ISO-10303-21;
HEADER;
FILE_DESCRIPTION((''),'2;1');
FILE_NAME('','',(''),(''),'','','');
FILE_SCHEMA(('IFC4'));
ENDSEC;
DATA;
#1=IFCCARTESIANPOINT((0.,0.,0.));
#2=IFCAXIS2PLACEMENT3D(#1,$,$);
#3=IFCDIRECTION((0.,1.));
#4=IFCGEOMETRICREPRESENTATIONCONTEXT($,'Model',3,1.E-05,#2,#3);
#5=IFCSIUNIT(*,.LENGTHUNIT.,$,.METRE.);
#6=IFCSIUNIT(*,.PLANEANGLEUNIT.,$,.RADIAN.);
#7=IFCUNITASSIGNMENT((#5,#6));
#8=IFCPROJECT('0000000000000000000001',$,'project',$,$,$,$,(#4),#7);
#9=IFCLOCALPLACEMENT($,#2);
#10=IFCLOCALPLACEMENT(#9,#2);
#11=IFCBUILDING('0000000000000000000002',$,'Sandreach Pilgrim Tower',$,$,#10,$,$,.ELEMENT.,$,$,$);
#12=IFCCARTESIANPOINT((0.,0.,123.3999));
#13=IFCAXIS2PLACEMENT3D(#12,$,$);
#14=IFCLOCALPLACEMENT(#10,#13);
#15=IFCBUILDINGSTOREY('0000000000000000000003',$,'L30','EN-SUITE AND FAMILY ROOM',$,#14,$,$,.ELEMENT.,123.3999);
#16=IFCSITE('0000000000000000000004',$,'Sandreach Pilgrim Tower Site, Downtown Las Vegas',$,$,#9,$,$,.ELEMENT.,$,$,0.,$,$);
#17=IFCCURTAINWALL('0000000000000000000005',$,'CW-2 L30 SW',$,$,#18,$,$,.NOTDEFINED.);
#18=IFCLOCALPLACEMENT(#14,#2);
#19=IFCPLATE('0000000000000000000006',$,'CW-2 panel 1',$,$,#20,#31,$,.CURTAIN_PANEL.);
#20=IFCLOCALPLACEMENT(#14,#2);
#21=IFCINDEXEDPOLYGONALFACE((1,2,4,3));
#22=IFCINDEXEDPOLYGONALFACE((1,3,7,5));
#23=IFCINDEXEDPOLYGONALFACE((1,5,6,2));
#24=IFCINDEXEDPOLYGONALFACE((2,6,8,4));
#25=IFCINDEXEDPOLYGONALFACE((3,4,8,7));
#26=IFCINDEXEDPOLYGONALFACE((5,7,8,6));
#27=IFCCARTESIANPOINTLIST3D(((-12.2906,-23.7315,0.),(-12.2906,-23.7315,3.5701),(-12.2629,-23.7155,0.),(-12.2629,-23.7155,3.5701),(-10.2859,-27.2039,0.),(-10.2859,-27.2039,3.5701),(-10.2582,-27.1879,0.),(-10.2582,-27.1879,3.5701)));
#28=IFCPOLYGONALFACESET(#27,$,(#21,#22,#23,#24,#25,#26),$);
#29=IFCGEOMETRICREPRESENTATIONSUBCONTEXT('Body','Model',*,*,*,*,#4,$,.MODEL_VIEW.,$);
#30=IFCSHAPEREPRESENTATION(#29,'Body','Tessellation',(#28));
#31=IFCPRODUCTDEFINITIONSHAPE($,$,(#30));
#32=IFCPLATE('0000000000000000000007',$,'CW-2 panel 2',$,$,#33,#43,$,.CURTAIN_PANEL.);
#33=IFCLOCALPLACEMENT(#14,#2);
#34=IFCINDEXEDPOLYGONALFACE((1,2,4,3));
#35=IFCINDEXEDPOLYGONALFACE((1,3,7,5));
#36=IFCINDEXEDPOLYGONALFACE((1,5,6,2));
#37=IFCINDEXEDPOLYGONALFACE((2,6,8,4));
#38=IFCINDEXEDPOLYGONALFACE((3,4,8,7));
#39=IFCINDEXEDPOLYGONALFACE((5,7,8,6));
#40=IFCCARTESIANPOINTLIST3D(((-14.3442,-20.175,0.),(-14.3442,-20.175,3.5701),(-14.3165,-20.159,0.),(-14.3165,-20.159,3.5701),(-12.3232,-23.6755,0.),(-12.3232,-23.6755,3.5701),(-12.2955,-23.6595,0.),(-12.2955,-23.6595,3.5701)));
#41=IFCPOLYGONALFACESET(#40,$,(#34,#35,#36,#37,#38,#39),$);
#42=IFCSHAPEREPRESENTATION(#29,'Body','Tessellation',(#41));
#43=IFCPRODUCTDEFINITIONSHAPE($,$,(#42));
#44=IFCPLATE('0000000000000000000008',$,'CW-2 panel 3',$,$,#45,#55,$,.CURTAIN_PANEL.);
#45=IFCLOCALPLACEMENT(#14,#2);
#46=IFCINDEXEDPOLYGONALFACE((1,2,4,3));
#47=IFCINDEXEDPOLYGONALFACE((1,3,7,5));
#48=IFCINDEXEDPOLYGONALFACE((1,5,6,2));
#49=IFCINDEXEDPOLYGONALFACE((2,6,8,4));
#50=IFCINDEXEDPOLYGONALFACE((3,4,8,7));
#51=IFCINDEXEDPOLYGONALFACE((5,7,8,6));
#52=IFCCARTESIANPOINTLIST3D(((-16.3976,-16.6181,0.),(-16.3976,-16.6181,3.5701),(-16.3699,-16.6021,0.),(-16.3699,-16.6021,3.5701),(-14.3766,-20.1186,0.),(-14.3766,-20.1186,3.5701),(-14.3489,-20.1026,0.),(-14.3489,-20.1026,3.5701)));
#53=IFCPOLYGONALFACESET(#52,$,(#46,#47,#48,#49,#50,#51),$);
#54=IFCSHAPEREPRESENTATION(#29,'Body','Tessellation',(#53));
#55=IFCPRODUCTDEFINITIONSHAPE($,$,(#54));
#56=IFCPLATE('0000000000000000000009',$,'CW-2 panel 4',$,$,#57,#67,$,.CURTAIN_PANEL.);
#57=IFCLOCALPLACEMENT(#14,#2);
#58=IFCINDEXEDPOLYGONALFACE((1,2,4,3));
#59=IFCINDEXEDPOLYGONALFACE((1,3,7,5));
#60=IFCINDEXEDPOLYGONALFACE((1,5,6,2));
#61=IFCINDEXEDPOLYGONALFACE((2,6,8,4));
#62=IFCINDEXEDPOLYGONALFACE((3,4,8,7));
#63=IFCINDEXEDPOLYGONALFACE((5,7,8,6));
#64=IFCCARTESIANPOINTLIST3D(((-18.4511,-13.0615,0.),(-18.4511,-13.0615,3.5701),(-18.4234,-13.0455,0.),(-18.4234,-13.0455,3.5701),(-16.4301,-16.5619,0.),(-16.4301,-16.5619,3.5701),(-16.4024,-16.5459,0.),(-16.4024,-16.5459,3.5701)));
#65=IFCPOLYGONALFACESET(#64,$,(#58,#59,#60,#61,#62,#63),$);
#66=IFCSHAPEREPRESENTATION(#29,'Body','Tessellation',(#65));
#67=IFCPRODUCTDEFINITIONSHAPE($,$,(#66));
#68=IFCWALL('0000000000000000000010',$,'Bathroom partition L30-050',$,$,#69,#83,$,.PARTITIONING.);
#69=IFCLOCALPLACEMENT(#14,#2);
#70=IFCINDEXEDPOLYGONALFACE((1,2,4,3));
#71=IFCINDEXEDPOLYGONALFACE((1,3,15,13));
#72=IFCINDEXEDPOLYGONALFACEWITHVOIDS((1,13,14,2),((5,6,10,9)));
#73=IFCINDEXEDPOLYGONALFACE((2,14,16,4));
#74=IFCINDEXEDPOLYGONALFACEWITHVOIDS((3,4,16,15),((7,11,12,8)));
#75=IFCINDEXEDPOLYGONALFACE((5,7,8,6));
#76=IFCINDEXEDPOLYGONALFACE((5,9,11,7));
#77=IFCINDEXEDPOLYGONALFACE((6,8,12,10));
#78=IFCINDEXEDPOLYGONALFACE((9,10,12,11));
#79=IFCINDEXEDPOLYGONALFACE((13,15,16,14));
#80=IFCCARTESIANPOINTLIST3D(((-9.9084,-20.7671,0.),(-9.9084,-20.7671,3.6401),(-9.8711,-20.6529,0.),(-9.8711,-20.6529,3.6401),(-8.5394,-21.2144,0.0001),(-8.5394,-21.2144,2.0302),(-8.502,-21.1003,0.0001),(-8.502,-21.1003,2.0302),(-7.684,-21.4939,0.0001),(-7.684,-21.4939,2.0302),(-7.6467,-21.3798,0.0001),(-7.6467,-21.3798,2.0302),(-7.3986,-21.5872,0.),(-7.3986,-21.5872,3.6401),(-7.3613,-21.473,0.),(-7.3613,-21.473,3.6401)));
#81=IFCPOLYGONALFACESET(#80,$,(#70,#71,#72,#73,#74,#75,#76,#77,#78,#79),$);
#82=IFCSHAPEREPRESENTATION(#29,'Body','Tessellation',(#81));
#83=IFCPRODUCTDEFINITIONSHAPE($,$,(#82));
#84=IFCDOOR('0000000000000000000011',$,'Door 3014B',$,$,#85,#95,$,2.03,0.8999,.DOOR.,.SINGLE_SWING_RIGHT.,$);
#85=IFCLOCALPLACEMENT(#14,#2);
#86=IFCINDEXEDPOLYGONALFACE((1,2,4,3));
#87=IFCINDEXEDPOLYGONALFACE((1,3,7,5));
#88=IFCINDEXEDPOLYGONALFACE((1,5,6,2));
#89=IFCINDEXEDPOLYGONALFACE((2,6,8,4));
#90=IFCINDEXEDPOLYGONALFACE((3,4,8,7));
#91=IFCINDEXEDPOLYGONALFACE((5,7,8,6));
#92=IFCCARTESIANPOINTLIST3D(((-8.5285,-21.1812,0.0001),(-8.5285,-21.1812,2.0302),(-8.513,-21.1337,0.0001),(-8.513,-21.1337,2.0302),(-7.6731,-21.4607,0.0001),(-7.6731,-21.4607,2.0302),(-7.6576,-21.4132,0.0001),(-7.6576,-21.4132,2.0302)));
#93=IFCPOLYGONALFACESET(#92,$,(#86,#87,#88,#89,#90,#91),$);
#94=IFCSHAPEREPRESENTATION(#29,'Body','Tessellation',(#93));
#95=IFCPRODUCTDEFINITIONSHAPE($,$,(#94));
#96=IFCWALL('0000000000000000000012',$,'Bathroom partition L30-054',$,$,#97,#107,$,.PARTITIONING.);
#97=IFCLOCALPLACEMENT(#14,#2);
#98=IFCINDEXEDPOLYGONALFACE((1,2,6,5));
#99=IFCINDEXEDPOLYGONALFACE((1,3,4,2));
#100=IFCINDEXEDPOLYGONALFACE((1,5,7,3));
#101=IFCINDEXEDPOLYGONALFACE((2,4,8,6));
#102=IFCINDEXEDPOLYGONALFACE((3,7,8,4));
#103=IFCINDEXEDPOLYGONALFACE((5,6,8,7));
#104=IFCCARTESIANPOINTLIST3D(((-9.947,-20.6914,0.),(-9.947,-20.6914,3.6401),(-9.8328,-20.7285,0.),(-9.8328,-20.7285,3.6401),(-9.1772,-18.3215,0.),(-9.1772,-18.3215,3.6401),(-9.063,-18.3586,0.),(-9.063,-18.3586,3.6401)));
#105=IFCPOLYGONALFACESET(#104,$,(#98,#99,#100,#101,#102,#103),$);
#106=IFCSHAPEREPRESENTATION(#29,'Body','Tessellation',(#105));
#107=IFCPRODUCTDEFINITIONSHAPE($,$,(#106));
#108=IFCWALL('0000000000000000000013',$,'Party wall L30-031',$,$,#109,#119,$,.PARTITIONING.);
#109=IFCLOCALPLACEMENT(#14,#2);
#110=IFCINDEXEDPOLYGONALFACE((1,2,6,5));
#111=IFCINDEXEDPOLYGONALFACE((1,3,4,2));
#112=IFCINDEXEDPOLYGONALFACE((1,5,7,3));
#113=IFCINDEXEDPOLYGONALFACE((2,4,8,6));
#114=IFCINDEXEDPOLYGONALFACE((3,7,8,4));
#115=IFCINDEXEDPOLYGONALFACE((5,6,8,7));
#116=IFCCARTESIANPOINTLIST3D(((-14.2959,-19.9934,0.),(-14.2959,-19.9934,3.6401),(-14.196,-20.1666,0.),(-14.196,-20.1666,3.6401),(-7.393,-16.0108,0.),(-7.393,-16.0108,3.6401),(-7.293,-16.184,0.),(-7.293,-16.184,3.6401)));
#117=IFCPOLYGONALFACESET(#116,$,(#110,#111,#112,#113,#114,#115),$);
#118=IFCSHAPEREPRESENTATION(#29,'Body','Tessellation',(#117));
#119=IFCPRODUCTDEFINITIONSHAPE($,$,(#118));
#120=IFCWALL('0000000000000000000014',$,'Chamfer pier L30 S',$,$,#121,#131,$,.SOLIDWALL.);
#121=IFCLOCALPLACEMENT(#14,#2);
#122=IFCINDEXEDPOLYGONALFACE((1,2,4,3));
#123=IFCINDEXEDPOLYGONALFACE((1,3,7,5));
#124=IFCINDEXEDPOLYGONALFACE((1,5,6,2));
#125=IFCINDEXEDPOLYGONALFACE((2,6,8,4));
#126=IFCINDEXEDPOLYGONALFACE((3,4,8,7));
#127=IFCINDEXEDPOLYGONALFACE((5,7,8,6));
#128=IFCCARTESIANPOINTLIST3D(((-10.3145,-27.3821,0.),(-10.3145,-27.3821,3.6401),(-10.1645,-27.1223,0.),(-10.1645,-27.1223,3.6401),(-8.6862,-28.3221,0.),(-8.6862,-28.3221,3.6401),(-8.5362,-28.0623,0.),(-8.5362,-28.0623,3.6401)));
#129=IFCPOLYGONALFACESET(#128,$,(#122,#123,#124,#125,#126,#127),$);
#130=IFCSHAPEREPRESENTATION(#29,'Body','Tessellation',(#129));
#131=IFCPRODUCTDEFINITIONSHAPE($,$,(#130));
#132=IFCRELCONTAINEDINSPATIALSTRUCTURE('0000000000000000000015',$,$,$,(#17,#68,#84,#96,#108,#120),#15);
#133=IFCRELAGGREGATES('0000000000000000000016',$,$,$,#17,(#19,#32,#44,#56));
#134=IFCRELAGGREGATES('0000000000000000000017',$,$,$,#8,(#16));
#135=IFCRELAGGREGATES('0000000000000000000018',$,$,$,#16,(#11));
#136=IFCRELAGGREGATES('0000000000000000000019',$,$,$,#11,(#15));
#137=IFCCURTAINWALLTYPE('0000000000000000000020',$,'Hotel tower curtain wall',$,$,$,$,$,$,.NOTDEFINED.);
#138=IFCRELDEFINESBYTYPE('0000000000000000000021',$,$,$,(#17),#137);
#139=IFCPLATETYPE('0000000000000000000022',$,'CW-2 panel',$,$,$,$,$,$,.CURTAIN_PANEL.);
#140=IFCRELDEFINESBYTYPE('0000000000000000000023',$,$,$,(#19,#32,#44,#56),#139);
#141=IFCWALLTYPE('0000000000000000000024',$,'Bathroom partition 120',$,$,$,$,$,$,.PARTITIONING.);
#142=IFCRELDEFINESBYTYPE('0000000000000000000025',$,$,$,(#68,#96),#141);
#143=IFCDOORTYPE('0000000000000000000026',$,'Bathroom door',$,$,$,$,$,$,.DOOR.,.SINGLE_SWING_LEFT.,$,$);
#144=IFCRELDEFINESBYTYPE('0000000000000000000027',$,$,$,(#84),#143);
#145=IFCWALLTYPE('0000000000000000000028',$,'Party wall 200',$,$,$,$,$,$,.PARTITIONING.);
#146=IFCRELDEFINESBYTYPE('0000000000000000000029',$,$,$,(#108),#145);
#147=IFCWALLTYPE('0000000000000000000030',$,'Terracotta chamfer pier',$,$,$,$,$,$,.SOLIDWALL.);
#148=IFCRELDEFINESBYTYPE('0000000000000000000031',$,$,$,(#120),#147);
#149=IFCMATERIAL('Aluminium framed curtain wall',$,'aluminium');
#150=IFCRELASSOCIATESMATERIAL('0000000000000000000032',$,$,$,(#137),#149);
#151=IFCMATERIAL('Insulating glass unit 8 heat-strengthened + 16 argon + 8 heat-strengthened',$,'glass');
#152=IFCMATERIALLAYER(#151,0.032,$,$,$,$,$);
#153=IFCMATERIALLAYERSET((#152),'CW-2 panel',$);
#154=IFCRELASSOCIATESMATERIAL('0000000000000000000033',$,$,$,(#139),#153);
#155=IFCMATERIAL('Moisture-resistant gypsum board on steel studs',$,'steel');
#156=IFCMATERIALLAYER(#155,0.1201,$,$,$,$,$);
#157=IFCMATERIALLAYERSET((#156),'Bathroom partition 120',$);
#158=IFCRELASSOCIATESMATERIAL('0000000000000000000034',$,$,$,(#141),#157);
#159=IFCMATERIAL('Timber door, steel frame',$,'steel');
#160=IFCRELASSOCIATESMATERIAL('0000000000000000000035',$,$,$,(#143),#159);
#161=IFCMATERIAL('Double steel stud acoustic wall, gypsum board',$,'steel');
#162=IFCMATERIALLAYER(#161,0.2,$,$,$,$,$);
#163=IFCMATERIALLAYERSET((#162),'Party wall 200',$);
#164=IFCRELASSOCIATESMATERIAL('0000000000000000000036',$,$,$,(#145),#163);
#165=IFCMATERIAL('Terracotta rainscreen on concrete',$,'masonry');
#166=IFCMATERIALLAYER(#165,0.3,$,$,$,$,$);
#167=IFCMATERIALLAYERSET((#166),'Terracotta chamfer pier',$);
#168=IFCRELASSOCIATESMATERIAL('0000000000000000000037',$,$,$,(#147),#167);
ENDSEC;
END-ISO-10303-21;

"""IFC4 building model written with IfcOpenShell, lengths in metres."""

from ifc_helpers import new_model, si_unit, direction, frame, frame_2d, origin, origin_2d, place, context, subcontext, project, spatial, rectangle, extrude, material, layer, layer_set, type_object, element, fill, aggregate, save


model = new_model("IFC4")

# Units and contexts
model_context = context("Model", 3, precision=1e-05, world=origin(), true_north=direction((0.0, 1.0)))
body_context = subcontext(model_context, "Body", "Model", "MODEL_VIEW")
ifc_project = project(units=[si_unit("LENGTHUNIT", "METRE"), si_unit("PLANEANGLEUNIT", "RADIAN")], contexts=[model_context])

# Site, building, storey
site_placement = place(None, origin())
site = spatial("IfcSite", under=ifc_project, at=site_placement, Name="Sandreach Pilgrim Tower Site, Downtown Las Vegas", CompositionType="ELEMENT", RefElevation=0.0)
building_placement = place(site_placement, origin())
building = spatial("IfcBuilding", under=site, at=building_placement, Name="Sandreach Pilgrim Tower", CompositionType="ELEMENT")
storey_placement = place(building_placement, frame((0.0, 0.0, 123.3999)))
storey = spatial("IfcBuildingStorey", under=building, at=storey_placement, Name="L30", Description="EN-SUITE AND FAMILY ROOM", CompositionType="ELEMENT", Elevation=123.3999)

# Shared definitions
ifc_material_1 = material(Name="Aluminium framed curtain wall", Category="aluminium")
curtain_wall_type = type_object("IfcCurtainWallType", Name="Hotel tower curtain wall", PredefinedType="NOTDEFINED", material=ifc_material_1)

# Curtain wall
curtain_wall_1_placement = place(storey_placement, origin())
curtain_wall_1 = element("IfcCurtainWall", 1, at=curtain_wall_1_placement, inside=storey, type_object=curtain_wall_type, Name="CW-2 L30 SW", PredefinedType="NOTDEFINED")

# Plates
ifc_material_2 = material(Name="Insulating glass unit 8 heat-strengthened + 16 argon + 8 heat-strengthened", Category="glass")
ifc_layer_1 = layer(ifc_material_2, 0.032)
ifc_layer_set_1 = layer_set([ifc_layer_1], Name="CW-2 panel")
plate_type = type_object("IfcPlateType", Name="CW-2 panel", PredefinedType="CURTAIN_PANEL", material=ifc_layer_set_1)
plate_1_placement = place(storey_placement, frame((-11.2744, -25.4597, 0.0), z_axis=(0.0, 0.0, 1.0), x_axis=(-0.5, 0.866025, 0.0)))
plate_1 = element("IfcPlate", 2, at=plate_1_placement, type_object=plate_type, Name="CW-2 panel 1", PredefinedType="CURTAIN_PANEL", context=body_context, shape_type="SweptSolid", body=[
    extrude(rectangle(XDim=4.0095, YDim=0.032, at=origin_2d()), origin(), (0.0, 0.0, 1.0), 3.5701),
])
plate_2_placement = place(storey_placement, frame((-13.3198, -21.9172, 0.0), z_axis=(0.0, 0.0, 1.0), x_axis=(-0.5, 0.866025, 0.0)))
plate_2 = element("IfcPlate", 3, at=plate_2_placement, type_object=plate_type, Name="CW-2 panel 2", PredefinedType="CURTAIN_PANEL", context=body_context, shape_type="SweptSolid", body=[
    extrude(rectangle(XDim=4.042, YDim=0.032, at=origin_2d()), origin(), (0.0, 0.0, 1.0), 3.5701),
])
plate_3_placement = place(storey_placement, frame((-15.3733, -18.3604, 0.0), z_axis=(0.0, 0.0, 1.0), x_axis=(-0.5, 0.866025, 0.0)))
plate_3 = element("IfcPlate", 4, at=plate_3_placement, type_object=plate_type, Name="CW-2 panel 3", PredefinedType="CURTAIN_PANEL", context=body_context, shape_type="SweptSolid", body=[
    extrude(rectangle(XDim=4.042, YDim=0.032, at=origin_2d()), origin(), (0.0, 0.0, 1.0), 3.5701),
])
plate_4_placement = place(storey_placement, frame((-17.4268, -14.8037, 0.0), z_axis=(0.0, 0.0, 1.0), x_axis=(-0.5, 0.866025, 0.0)))
plate_4 = element("IfcPlate", 5, at=plate_4_placement, type_object=plate_type, Name="CW-2 panel 4", PredefinedType="CURTAIN_PANEL", context=body_context, shape_type="SweptSolid", body=[
    extrude(rectangle(XDim=4.042, YDim=0.032, at=origin_2d()), origin(), (0.0, 0.0, 1.0), 3.5701),
])
aggregate(curtain_wall_1, [plate_1, plate_2, plate_3, plate_4])

# Wall, opening, door
ifc_material_3 = material(Name="Moisture-resistant gypsum board on steel studs", Category="steel")
ifc_layer_2 = layer(ifc_material_3, 0.1201)
ifc_layer_set_2 = layer_set([ifc_layer_2], Name="Bathroom partition 120")
wall_type_1 = type_object("IfcWallType", Name="Bathroom partition 120", PredefinedType="PARTITIONING", material=ifc_layer_set_2)
wall_1_placement = place(storey_placement, frame((-9.8899, -20.71, 0.0), z_axis=(0.0, 0.0, 1.0), x_axis=(0.950544, -0.310591, 0.0)))
wall_1 = element("IfcWall", 6, at=wall_1_placement, inside=storey, type_object=wall_type_1, Name="Bathroom partition L30-050", PredefinedType="PARTITIONING", context=body_context, shape_type="SweptSolid", body=[
    extrude(rectangle(XDim=2.6404, YDim=0.1201, at=frame_2d((1.3203, 0.0))), origin(), (0.0, 0.0, 1.0), 3.6401),
])
opening_1_placement = place(wall_1_placement, frame((1.4404, 0.0, 0.0)))
opening_1 = element("IfcOpeningElement", 7, at=opening_1_placement, cuts=wall_1, PredefinedType="OPENING", context=body_context, shape_type="SweptSolid", body=[
    extrude(rectangle(XDim=0.8999, YDim=2.03, at=frame_2d((0.45, 1.0151))), frame((0.0, 0.0601, 0.0), z_axis=(0.0, -1.0, 0.0), x_axis=(1.0, 0.0, 0.0)), (0.0, 0.0, 1.0), 0.1201),
])
ifc_material_4 = material(Name="Timber door, steel frame", Category="steel")
door_type_1 = type_object("IfcDoorType", Name="Bathroom door", OperationType="SINGLE_SWING_LEFT", PredefinedType="DOOR", material=ifc_material_4)
door_1_placement = place(opening_1_placement, origin())
door_1 = element("IfcDoor", 8, at=door_1_placement, inside=storey, type_object=door_type_1, Name="Door 3014B", OperationType="SINGLE_SWING_RIGHT", OverallHeight=2.03, OverallWidth=0.8999, PredefinedType="DOOR", context=body_context, shape_type="SweptSolid", body=[
    extrude(rectangle(XDim=0.8999, YDim=2.03, at=frame_2d((0.45, 1.0151))), frame((0.0, 0.0249, 0.0), z_axis=(0.0, -1.0, 0.0), x_axis=(1.0, 0.0, 0.0)), (0.0, 0.0, 1.0), 0.05),
])
fill(opening_1, door_1)

# Wall
wall_2_placement = place(storey_placement, frame((-9.1201, -18.3401, 0.0), z_axis=(0.0, 0.0, 1.0), x_axis=(-0.308929, -0.951085, 0.0)))
element("IfcWall", 9, at=wall_2_placement, inside=storey, type_object=wall_type_1, Name="Bathroom partition L30-054", PredefinedType="PARTITIONING", context=body_context, shape_type="SweptSolid", body=[
    extrude(rectangle(XDim=2.4917, YDim=0.1201, at=frame_2d((1.2458, 0.0))), origin(), (0.0, 0.0, 1.0), 3.6401),
])

# Walls
ifc_material_5 = material(Name="Double steel stud acoustic wall, gypsum board", Category="steel")
ifc_layer_3 = layer(ifc_material_5, 0.2)
ifc_layer_set_3 = layer_set([ifc_layer_3], Name="Party wall 200")
wall_type_2 = type_object("IfcWallType", Name="Party wall 200", PredefinedType="PARTITIONING", material=ifc_layer_set_3)
wall_3_placement = place(storey_placement, frame((-14.2461, -20.0801, 0.0), z_axis=(0.0, 0.0, 1.0), x_axis=(0.866179, 0.499734, 0.0)))
element("IfcWall", 10, at=wall_3_placement, inside=storey, type_object=wall_type_2, Name="Party wall L30-031", PredefinedType="PARTITIONING", context=body_context, shape_type="SweptSolid", body=[
    extrude(rectangle(XDim=7.9695, YDim=0.2, at=frame_2d((3.9849, 0.0))), origin(), (0.0, 0.0, 1.0), 3.6401),
])
ifc_material_6 = material(Name="Terracotta rainscreen on concrete", Category="masonry")
ifc_layer_4 = layer(ifc_material_6, 0.3)
ifc_layer_set_4 = layer_set([ifc_layer_4], Name="Terracotta chamfer pier")
wall_type_3 = type_object("IfcWallType", Name="Terracotta chamfer pier", PredefinedType="SOLIDWALL", material=ifc_layer_set_4)
wall_4_placement = place(storey_placement, frame((-8.6113, -28.1921, 0.0), z_axis=(0.0, 0.0, 1.0), x_axis=(-0.866045, 0.499966, 0.0)))
element("IfcWall", 11, at=wall_4_placement, inside=storey, type_object=wall_type_3, Name="Chamfer pier L30 S", PredefinedType="SOLIDWALL", context=body_context, shape_type="SweptSolid", body=[
    extrude(rectangle(XDim=1.8801, YDim=0.3, at=frame_2d((0.9399, 0.0))), origin(), (0.0, 0.0, 1.0), 3.6401),
])

save(model, "model.ifc")
